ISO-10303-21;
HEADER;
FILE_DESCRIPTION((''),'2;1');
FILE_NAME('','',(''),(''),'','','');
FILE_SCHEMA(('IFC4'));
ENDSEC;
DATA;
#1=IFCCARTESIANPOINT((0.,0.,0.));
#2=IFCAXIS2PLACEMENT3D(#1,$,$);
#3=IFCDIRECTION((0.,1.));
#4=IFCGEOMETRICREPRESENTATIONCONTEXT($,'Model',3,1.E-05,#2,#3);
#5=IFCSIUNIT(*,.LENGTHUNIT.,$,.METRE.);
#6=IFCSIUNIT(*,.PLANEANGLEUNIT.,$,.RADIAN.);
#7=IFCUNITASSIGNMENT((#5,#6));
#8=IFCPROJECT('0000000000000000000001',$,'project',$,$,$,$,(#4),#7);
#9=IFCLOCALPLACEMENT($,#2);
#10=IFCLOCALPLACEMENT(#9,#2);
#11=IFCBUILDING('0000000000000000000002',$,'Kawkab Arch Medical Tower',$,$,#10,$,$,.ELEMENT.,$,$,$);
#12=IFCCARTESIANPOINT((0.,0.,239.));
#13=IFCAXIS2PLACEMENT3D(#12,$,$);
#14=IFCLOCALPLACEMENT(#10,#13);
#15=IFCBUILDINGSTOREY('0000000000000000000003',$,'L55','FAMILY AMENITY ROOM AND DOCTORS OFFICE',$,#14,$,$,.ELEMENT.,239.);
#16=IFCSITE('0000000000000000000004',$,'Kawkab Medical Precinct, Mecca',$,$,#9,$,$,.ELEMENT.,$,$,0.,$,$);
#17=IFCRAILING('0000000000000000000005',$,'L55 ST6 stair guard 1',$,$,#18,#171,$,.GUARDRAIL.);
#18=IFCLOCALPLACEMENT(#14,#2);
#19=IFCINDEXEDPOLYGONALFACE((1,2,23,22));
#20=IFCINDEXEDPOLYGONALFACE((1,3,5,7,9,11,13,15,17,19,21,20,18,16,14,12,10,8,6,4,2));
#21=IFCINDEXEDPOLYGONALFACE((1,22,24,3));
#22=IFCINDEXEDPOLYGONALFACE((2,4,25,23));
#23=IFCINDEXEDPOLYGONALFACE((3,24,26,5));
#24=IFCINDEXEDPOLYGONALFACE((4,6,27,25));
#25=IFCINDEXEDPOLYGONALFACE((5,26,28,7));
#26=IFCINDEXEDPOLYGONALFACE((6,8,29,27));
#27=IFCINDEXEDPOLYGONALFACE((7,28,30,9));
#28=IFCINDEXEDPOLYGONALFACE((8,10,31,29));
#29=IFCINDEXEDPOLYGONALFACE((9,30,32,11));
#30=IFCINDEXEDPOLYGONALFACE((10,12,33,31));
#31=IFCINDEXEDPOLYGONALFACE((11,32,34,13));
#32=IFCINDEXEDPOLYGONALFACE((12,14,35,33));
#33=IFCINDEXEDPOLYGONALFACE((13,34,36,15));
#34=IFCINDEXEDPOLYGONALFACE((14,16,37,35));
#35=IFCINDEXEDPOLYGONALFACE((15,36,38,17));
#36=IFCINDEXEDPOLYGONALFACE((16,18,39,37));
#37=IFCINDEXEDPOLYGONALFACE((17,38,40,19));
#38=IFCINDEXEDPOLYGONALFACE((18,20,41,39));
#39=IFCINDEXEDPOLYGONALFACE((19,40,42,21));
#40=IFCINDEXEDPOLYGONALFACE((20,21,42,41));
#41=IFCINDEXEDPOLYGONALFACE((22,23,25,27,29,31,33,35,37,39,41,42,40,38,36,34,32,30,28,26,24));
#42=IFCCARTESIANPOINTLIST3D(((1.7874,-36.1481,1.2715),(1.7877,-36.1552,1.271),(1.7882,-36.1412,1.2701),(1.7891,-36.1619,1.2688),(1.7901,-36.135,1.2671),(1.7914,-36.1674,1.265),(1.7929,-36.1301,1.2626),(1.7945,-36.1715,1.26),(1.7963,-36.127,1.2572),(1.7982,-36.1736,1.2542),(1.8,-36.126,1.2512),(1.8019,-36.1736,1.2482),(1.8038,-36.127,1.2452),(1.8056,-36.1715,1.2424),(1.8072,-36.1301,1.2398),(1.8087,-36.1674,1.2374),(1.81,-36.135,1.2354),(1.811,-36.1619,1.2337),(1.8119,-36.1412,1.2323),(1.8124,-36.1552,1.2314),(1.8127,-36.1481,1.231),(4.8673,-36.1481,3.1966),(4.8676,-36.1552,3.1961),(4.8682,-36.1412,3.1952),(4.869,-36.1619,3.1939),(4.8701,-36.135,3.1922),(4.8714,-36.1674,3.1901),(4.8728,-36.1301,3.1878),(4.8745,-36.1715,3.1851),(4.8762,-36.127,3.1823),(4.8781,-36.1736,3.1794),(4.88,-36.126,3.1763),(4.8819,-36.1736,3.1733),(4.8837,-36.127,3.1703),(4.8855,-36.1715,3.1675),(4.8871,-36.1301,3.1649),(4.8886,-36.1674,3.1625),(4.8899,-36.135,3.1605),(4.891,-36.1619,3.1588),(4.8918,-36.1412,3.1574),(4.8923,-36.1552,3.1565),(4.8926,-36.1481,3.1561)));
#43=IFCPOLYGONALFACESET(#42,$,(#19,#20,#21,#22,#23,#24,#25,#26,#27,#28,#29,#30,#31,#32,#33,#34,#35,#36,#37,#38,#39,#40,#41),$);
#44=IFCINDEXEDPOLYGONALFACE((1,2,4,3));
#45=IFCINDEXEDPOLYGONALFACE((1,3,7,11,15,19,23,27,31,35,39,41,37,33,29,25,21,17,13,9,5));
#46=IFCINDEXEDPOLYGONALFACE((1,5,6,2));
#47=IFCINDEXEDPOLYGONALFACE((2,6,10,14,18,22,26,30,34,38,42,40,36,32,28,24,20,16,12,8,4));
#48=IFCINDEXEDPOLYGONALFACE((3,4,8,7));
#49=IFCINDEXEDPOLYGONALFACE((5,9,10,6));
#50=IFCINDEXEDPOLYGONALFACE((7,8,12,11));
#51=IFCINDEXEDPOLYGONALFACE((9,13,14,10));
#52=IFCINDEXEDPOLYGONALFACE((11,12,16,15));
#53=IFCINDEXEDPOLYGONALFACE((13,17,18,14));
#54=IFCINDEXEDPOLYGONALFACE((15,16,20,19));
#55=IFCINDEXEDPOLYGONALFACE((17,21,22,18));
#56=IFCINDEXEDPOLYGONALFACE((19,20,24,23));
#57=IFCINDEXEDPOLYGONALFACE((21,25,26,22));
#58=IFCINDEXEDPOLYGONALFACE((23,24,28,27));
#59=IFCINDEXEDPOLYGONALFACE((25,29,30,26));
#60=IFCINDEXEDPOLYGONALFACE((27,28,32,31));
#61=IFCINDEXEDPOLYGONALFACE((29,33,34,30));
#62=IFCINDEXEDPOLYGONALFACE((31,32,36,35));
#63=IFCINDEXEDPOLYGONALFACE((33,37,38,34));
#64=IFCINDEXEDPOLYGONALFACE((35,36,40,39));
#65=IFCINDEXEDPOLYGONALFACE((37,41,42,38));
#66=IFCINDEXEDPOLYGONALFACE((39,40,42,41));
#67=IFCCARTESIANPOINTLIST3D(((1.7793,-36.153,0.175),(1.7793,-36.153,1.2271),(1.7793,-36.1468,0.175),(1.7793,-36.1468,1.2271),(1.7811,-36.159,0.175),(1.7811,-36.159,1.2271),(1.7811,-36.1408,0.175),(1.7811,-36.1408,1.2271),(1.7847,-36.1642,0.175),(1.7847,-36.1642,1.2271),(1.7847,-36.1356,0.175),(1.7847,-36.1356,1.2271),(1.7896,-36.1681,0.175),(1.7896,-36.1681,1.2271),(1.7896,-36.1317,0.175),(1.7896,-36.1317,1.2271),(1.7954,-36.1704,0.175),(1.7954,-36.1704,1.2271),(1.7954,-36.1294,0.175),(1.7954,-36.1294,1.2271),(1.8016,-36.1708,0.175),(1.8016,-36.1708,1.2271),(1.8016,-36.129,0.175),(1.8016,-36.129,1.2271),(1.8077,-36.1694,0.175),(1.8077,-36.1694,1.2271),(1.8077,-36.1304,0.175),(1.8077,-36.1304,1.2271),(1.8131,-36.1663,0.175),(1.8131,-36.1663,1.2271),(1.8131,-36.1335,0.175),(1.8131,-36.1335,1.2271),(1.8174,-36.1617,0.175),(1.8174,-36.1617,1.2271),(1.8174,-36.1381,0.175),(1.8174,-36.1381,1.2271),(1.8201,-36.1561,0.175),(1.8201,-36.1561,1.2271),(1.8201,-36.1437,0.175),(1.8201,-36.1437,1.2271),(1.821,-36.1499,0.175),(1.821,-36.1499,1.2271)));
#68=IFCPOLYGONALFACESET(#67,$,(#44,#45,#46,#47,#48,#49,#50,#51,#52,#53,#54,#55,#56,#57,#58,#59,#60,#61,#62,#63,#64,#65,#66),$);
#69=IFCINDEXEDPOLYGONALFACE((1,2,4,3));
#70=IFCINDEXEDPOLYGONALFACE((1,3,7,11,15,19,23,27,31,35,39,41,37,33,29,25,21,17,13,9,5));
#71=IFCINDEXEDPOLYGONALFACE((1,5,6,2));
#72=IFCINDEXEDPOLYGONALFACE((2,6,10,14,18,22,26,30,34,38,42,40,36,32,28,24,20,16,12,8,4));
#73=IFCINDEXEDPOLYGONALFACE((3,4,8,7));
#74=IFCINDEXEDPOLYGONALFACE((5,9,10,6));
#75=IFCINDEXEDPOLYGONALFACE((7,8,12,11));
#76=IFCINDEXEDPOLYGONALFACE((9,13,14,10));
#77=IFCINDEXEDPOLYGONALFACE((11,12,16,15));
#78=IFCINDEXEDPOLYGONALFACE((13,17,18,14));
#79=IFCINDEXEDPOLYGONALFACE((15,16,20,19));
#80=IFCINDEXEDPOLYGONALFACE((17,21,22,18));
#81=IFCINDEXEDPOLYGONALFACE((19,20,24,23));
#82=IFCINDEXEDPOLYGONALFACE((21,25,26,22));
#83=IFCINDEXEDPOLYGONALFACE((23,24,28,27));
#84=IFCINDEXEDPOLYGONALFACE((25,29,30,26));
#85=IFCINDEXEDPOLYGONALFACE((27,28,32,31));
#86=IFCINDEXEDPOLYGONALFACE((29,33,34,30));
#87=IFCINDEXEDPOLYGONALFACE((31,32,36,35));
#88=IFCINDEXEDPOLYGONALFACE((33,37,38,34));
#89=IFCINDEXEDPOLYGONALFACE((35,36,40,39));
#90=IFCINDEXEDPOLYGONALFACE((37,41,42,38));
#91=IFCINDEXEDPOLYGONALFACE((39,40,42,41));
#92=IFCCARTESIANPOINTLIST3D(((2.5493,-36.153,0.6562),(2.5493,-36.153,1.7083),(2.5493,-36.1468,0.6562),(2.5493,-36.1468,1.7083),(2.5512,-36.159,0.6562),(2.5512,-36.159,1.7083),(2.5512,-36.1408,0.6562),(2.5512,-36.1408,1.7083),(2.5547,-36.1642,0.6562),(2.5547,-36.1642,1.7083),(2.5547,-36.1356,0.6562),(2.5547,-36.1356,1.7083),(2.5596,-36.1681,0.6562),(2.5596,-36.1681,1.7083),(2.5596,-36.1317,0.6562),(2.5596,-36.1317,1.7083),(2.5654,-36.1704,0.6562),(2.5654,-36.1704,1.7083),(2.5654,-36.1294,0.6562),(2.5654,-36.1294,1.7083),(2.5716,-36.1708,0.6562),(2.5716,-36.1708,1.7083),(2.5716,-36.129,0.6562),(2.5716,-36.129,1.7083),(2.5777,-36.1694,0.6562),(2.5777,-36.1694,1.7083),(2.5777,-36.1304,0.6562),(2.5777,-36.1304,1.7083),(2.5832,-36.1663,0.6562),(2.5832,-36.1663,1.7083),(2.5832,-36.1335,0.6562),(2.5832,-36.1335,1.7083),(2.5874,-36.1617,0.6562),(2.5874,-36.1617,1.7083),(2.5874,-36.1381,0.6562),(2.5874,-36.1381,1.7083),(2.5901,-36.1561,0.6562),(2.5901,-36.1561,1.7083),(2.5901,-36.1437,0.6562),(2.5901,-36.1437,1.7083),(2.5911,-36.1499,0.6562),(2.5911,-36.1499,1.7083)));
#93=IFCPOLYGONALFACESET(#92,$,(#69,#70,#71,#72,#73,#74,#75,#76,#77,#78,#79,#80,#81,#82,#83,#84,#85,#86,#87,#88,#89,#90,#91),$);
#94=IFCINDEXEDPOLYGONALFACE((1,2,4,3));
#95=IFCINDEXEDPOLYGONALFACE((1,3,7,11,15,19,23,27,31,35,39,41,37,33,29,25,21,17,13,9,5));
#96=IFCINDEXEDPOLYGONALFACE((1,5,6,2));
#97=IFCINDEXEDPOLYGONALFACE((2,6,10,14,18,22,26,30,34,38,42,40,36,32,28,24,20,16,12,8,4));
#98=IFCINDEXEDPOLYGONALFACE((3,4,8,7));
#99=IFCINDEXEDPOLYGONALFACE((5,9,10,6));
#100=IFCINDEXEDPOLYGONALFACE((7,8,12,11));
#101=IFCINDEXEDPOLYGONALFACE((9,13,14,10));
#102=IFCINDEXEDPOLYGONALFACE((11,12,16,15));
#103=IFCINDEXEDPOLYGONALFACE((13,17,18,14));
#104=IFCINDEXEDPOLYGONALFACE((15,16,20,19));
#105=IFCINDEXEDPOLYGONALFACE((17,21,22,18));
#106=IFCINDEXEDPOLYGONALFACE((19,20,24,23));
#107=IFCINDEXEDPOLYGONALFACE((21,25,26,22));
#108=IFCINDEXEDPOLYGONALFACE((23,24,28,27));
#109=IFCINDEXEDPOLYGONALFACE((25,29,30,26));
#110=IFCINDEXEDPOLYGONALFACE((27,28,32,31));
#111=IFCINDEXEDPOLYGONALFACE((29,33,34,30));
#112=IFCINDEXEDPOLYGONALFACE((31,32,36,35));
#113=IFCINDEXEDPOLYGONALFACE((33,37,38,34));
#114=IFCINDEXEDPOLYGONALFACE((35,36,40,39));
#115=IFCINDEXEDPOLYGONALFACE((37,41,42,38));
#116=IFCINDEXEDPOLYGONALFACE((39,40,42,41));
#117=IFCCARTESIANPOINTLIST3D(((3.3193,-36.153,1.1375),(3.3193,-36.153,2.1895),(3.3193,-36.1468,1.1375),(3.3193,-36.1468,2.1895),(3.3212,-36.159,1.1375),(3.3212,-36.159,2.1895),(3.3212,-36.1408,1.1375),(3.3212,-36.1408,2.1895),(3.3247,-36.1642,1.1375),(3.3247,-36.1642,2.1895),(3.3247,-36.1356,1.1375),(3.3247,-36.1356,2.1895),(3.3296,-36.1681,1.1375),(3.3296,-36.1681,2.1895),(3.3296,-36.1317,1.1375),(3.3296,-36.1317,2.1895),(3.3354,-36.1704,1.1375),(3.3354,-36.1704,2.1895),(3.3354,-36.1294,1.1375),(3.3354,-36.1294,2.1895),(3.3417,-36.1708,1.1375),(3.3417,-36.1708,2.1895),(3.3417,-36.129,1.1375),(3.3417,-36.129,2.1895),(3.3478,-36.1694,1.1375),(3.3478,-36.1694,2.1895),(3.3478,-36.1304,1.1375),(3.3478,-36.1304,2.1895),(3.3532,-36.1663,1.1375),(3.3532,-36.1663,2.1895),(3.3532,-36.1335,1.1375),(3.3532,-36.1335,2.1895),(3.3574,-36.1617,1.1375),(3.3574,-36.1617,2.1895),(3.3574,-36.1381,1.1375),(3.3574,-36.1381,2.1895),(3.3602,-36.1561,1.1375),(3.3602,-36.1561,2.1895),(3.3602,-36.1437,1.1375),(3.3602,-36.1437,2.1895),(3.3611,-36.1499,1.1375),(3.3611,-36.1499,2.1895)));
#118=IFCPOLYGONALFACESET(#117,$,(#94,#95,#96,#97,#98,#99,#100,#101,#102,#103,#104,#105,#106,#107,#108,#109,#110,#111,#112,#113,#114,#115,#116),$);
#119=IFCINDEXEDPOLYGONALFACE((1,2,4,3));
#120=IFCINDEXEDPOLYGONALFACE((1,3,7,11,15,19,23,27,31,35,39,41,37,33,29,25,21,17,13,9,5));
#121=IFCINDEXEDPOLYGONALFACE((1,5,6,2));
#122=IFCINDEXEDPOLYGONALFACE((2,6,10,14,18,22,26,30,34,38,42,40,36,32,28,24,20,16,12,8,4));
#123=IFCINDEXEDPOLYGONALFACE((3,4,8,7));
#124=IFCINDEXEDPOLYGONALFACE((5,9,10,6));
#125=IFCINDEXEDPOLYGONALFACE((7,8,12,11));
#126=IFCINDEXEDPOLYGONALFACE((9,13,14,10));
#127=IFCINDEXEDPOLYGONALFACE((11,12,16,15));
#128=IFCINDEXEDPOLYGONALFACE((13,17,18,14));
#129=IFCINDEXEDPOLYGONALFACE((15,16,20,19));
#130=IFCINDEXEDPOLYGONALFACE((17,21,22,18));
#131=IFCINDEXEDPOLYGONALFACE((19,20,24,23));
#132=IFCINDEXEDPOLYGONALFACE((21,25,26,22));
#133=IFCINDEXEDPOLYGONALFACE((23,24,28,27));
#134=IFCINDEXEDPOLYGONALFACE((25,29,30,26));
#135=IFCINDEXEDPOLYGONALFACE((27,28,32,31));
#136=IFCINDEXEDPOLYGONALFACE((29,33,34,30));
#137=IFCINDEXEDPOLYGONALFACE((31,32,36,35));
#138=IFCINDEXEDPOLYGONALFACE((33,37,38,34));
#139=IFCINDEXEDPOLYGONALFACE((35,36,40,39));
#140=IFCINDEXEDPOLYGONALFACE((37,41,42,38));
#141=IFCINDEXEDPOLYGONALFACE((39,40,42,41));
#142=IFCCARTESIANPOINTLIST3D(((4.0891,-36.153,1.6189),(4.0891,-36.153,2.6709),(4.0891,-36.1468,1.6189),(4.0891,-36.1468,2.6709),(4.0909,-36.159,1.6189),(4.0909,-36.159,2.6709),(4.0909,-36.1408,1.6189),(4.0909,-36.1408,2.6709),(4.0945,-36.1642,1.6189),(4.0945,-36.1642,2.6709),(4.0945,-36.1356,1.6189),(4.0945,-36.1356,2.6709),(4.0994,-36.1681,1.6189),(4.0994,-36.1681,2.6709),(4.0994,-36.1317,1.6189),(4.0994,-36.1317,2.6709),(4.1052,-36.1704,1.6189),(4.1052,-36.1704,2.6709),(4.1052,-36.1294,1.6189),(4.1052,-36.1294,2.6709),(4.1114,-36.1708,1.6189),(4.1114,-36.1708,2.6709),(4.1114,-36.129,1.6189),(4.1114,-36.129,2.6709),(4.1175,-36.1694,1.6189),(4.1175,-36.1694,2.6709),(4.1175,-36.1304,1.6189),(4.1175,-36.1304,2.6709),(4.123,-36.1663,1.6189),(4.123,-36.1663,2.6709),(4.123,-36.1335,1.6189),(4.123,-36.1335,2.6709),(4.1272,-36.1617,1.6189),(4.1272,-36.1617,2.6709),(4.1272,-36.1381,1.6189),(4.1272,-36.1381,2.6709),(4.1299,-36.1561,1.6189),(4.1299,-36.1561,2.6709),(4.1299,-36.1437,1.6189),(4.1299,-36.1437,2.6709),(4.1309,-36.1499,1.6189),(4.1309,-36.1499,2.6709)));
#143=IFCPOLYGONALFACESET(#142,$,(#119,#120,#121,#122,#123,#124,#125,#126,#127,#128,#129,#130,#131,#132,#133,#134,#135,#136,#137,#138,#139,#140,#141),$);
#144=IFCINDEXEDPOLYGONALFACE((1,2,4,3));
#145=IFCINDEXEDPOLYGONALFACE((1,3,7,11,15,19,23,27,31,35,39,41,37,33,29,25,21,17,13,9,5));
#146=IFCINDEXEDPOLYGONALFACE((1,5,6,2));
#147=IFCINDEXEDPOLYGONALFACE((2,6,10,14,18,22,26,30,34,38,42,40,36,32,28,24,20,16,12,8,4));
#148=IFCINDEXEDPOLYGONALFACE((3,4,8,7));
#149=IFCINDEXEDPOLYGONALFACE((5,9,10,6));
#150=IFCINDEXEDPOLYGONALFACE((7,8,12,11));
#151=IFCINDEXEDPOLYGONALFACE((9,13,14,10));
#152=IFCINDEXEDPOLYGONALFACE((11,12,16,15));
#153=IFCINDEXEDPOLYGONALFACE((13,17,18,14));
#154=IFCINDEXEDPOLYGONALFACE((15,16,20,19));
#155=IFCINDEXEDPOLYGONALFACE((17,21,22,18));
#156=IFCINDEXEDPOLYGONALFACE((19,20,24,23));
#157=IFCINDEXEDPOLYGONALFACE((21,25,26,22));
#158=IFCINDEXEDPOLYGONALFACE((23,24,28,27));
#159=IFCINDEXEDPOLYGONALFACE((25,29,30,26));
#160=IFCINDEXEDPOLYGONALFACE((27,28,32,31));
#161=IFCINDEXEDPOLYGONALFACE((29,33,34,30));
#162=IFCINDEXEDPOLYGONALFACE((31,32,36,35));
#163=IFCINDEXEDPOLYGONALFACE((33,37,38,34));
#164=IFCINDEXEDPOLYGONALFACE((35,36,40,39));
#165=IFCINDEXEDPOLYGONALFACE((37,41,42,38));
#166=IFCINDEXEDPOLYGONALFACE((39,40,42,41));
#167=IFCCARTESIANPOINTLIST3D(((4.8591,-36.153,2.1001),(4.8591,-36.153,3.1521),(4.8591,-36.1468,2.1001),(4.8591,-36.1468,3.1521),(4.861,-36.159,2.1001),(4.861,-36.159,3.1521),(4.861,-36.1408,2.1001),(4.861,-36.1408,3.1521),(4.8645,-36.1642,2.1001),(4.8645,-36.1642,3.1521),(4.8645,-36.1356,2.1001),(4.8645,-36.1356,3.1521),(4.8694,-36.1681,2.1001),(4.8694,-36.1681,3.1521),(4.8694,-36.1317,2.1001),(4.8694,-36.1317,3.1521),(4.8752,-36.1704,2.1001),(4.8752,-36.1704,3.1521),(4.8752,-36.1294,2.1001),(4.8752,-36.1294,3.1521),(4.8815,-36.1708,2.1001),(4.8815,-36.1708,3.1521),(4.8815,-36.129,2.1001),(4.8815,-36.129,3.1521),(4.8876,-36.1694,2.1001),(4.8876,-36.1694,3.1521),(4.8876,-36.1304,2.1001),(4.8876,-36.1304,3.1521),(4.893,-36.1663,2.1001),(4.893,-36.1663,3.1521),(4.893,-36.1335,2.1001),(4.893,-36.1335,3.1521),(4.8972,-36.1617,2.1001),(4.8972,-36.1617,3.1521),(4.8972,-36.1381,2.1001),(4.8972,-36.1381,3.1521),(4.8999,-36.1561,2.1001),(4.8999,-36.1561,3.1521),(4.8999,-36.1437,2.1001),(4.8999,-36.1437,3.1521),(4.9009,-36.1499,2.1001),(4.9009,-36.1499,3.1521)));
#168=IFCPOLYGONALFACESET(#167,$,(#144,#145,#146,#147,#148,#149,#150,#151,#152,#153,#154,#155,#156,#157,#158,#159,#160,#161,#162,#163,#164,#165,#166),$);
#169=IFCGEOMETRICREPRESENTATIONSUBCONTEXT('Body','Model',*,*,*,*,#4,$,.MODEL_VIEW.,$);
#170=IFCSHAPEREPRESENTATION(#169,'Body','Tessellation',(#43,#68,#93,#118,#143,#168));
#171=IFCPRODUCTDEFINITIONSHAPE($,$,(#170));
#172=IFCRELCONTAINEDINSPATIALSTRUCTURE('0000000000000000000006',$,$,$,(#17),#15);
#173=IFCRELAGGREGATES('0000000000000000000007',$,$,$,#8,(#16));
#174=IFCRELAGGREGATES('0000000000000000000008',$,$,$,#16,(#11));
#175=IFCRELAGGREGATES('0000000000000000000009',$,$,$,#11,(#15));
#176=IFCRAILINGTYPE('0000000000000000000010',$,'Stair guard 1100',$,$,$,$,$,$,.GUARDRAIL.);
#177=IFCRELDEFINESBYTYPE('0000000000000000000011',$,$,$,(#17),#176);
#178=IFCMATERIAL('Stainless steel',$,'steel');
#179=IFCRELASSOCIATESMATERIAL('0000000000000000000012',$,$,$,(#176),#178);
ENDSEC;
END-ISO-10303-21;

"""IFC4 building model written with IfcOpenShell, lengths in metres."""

from ifc_helpers import new_model, si_unit, direction, frame, origin, origin_2d, place, context, subcontext, project, spatial, circle, extrude, material, type_object, element, save


model = new_model("IFC4")

# Units and contexts
model_context = context("Model", 3, precision=1e-05, world=origin(), true_north=direction((0.0, 1.0)))
body_context = subcontext(model_context, "Body", "Model", "MODEL_VIEW")
ifc_project = project(units=[si_unit("LENGTHUNIT", "METRE"), si_unit("PLANEANGLEUNIT", "RADIAN")], contexts=[model_context])

# Site, building, storey
site_placement = place(None, origin())
site = spatial("IfcSite", under=ifc_project, at=site_placement, Name="Kawkab Medical Precinct, Mecca", CompositionType="ELEMENT", RefElevation=0.0)
building_placement = place(site_placement, origin())
building = spatial("IfcBuilding", under=site, at=building_placement, Name="Kawkab Arch Medical Tower", CompositionType="ELEMENT")
storey_placement = place(building_placement, frame((0.0, 0.0, 239.0)))
storey = spatial("IfcBuildingStorey", under=building, at=storey_placement, Name="L55", Description="FAMILY AMENITY ROOM AND DOCTORS OFFICE", CompositionType="ELEMENT", Elevation=239.0)

# Railing
ifc_material_1 = material(Name="Stainless steel", Category="steel")
railing_type_1 = type_object("IfcRailingType", Name="Stair guard 1100", PredefinedType="GUARDRAIL", material=ifc_material_1)
railing_1_placement = place(storey_placement, frame((1.8, -36.1499, 0.175)))
element("IfcRailing", 1, at=railing_1_placement, inside=storey, type_object=railing_type_1, Name="L55 ST6 stair guard 1", PredefinedType="GUARDRAIL", context=body_context, shape_type="SweptSolid", body=[
    extrude(circle(Radius=0.0239, at=origin_2d()), frame((0.0, 0.0, 1.0762), z_axis=(0.847979, 0.0, 0.530029), x_axis=(0.0, 1.0, 0.0)), (0.0, 0.0, 1.0), 3.6321),
    extrude(circle(Radius=0.021, at=origin_2d()), origin(), (0.0, 0.0, 1.0), 1.052),
    extrude(circle(Radius=0.021, at=origin_2d()), frame((0.77, 0.0, 0.4812)), (0.0, 0.0, 1.0), 1.052),
    extrude(circle(Radius=0.021, at=origin_2d()), frame((1.54, 0.0, 0.9624)), (0.0, 0.0, 1.0), 1.052),
    extrude(circle(Radius=0.021, at=origin_2d()), frame((2.3098, 0.0, 1.4438)), (0.0, 0.0, 1.0), 1.052),
    extrude(circle(Radius=0.021, at=origin_2d()), frame((3.0798, 0.0, 1.925)), (0.0, 0.0, 1.0), 1.052),
])

save(model, "model.ifc")
